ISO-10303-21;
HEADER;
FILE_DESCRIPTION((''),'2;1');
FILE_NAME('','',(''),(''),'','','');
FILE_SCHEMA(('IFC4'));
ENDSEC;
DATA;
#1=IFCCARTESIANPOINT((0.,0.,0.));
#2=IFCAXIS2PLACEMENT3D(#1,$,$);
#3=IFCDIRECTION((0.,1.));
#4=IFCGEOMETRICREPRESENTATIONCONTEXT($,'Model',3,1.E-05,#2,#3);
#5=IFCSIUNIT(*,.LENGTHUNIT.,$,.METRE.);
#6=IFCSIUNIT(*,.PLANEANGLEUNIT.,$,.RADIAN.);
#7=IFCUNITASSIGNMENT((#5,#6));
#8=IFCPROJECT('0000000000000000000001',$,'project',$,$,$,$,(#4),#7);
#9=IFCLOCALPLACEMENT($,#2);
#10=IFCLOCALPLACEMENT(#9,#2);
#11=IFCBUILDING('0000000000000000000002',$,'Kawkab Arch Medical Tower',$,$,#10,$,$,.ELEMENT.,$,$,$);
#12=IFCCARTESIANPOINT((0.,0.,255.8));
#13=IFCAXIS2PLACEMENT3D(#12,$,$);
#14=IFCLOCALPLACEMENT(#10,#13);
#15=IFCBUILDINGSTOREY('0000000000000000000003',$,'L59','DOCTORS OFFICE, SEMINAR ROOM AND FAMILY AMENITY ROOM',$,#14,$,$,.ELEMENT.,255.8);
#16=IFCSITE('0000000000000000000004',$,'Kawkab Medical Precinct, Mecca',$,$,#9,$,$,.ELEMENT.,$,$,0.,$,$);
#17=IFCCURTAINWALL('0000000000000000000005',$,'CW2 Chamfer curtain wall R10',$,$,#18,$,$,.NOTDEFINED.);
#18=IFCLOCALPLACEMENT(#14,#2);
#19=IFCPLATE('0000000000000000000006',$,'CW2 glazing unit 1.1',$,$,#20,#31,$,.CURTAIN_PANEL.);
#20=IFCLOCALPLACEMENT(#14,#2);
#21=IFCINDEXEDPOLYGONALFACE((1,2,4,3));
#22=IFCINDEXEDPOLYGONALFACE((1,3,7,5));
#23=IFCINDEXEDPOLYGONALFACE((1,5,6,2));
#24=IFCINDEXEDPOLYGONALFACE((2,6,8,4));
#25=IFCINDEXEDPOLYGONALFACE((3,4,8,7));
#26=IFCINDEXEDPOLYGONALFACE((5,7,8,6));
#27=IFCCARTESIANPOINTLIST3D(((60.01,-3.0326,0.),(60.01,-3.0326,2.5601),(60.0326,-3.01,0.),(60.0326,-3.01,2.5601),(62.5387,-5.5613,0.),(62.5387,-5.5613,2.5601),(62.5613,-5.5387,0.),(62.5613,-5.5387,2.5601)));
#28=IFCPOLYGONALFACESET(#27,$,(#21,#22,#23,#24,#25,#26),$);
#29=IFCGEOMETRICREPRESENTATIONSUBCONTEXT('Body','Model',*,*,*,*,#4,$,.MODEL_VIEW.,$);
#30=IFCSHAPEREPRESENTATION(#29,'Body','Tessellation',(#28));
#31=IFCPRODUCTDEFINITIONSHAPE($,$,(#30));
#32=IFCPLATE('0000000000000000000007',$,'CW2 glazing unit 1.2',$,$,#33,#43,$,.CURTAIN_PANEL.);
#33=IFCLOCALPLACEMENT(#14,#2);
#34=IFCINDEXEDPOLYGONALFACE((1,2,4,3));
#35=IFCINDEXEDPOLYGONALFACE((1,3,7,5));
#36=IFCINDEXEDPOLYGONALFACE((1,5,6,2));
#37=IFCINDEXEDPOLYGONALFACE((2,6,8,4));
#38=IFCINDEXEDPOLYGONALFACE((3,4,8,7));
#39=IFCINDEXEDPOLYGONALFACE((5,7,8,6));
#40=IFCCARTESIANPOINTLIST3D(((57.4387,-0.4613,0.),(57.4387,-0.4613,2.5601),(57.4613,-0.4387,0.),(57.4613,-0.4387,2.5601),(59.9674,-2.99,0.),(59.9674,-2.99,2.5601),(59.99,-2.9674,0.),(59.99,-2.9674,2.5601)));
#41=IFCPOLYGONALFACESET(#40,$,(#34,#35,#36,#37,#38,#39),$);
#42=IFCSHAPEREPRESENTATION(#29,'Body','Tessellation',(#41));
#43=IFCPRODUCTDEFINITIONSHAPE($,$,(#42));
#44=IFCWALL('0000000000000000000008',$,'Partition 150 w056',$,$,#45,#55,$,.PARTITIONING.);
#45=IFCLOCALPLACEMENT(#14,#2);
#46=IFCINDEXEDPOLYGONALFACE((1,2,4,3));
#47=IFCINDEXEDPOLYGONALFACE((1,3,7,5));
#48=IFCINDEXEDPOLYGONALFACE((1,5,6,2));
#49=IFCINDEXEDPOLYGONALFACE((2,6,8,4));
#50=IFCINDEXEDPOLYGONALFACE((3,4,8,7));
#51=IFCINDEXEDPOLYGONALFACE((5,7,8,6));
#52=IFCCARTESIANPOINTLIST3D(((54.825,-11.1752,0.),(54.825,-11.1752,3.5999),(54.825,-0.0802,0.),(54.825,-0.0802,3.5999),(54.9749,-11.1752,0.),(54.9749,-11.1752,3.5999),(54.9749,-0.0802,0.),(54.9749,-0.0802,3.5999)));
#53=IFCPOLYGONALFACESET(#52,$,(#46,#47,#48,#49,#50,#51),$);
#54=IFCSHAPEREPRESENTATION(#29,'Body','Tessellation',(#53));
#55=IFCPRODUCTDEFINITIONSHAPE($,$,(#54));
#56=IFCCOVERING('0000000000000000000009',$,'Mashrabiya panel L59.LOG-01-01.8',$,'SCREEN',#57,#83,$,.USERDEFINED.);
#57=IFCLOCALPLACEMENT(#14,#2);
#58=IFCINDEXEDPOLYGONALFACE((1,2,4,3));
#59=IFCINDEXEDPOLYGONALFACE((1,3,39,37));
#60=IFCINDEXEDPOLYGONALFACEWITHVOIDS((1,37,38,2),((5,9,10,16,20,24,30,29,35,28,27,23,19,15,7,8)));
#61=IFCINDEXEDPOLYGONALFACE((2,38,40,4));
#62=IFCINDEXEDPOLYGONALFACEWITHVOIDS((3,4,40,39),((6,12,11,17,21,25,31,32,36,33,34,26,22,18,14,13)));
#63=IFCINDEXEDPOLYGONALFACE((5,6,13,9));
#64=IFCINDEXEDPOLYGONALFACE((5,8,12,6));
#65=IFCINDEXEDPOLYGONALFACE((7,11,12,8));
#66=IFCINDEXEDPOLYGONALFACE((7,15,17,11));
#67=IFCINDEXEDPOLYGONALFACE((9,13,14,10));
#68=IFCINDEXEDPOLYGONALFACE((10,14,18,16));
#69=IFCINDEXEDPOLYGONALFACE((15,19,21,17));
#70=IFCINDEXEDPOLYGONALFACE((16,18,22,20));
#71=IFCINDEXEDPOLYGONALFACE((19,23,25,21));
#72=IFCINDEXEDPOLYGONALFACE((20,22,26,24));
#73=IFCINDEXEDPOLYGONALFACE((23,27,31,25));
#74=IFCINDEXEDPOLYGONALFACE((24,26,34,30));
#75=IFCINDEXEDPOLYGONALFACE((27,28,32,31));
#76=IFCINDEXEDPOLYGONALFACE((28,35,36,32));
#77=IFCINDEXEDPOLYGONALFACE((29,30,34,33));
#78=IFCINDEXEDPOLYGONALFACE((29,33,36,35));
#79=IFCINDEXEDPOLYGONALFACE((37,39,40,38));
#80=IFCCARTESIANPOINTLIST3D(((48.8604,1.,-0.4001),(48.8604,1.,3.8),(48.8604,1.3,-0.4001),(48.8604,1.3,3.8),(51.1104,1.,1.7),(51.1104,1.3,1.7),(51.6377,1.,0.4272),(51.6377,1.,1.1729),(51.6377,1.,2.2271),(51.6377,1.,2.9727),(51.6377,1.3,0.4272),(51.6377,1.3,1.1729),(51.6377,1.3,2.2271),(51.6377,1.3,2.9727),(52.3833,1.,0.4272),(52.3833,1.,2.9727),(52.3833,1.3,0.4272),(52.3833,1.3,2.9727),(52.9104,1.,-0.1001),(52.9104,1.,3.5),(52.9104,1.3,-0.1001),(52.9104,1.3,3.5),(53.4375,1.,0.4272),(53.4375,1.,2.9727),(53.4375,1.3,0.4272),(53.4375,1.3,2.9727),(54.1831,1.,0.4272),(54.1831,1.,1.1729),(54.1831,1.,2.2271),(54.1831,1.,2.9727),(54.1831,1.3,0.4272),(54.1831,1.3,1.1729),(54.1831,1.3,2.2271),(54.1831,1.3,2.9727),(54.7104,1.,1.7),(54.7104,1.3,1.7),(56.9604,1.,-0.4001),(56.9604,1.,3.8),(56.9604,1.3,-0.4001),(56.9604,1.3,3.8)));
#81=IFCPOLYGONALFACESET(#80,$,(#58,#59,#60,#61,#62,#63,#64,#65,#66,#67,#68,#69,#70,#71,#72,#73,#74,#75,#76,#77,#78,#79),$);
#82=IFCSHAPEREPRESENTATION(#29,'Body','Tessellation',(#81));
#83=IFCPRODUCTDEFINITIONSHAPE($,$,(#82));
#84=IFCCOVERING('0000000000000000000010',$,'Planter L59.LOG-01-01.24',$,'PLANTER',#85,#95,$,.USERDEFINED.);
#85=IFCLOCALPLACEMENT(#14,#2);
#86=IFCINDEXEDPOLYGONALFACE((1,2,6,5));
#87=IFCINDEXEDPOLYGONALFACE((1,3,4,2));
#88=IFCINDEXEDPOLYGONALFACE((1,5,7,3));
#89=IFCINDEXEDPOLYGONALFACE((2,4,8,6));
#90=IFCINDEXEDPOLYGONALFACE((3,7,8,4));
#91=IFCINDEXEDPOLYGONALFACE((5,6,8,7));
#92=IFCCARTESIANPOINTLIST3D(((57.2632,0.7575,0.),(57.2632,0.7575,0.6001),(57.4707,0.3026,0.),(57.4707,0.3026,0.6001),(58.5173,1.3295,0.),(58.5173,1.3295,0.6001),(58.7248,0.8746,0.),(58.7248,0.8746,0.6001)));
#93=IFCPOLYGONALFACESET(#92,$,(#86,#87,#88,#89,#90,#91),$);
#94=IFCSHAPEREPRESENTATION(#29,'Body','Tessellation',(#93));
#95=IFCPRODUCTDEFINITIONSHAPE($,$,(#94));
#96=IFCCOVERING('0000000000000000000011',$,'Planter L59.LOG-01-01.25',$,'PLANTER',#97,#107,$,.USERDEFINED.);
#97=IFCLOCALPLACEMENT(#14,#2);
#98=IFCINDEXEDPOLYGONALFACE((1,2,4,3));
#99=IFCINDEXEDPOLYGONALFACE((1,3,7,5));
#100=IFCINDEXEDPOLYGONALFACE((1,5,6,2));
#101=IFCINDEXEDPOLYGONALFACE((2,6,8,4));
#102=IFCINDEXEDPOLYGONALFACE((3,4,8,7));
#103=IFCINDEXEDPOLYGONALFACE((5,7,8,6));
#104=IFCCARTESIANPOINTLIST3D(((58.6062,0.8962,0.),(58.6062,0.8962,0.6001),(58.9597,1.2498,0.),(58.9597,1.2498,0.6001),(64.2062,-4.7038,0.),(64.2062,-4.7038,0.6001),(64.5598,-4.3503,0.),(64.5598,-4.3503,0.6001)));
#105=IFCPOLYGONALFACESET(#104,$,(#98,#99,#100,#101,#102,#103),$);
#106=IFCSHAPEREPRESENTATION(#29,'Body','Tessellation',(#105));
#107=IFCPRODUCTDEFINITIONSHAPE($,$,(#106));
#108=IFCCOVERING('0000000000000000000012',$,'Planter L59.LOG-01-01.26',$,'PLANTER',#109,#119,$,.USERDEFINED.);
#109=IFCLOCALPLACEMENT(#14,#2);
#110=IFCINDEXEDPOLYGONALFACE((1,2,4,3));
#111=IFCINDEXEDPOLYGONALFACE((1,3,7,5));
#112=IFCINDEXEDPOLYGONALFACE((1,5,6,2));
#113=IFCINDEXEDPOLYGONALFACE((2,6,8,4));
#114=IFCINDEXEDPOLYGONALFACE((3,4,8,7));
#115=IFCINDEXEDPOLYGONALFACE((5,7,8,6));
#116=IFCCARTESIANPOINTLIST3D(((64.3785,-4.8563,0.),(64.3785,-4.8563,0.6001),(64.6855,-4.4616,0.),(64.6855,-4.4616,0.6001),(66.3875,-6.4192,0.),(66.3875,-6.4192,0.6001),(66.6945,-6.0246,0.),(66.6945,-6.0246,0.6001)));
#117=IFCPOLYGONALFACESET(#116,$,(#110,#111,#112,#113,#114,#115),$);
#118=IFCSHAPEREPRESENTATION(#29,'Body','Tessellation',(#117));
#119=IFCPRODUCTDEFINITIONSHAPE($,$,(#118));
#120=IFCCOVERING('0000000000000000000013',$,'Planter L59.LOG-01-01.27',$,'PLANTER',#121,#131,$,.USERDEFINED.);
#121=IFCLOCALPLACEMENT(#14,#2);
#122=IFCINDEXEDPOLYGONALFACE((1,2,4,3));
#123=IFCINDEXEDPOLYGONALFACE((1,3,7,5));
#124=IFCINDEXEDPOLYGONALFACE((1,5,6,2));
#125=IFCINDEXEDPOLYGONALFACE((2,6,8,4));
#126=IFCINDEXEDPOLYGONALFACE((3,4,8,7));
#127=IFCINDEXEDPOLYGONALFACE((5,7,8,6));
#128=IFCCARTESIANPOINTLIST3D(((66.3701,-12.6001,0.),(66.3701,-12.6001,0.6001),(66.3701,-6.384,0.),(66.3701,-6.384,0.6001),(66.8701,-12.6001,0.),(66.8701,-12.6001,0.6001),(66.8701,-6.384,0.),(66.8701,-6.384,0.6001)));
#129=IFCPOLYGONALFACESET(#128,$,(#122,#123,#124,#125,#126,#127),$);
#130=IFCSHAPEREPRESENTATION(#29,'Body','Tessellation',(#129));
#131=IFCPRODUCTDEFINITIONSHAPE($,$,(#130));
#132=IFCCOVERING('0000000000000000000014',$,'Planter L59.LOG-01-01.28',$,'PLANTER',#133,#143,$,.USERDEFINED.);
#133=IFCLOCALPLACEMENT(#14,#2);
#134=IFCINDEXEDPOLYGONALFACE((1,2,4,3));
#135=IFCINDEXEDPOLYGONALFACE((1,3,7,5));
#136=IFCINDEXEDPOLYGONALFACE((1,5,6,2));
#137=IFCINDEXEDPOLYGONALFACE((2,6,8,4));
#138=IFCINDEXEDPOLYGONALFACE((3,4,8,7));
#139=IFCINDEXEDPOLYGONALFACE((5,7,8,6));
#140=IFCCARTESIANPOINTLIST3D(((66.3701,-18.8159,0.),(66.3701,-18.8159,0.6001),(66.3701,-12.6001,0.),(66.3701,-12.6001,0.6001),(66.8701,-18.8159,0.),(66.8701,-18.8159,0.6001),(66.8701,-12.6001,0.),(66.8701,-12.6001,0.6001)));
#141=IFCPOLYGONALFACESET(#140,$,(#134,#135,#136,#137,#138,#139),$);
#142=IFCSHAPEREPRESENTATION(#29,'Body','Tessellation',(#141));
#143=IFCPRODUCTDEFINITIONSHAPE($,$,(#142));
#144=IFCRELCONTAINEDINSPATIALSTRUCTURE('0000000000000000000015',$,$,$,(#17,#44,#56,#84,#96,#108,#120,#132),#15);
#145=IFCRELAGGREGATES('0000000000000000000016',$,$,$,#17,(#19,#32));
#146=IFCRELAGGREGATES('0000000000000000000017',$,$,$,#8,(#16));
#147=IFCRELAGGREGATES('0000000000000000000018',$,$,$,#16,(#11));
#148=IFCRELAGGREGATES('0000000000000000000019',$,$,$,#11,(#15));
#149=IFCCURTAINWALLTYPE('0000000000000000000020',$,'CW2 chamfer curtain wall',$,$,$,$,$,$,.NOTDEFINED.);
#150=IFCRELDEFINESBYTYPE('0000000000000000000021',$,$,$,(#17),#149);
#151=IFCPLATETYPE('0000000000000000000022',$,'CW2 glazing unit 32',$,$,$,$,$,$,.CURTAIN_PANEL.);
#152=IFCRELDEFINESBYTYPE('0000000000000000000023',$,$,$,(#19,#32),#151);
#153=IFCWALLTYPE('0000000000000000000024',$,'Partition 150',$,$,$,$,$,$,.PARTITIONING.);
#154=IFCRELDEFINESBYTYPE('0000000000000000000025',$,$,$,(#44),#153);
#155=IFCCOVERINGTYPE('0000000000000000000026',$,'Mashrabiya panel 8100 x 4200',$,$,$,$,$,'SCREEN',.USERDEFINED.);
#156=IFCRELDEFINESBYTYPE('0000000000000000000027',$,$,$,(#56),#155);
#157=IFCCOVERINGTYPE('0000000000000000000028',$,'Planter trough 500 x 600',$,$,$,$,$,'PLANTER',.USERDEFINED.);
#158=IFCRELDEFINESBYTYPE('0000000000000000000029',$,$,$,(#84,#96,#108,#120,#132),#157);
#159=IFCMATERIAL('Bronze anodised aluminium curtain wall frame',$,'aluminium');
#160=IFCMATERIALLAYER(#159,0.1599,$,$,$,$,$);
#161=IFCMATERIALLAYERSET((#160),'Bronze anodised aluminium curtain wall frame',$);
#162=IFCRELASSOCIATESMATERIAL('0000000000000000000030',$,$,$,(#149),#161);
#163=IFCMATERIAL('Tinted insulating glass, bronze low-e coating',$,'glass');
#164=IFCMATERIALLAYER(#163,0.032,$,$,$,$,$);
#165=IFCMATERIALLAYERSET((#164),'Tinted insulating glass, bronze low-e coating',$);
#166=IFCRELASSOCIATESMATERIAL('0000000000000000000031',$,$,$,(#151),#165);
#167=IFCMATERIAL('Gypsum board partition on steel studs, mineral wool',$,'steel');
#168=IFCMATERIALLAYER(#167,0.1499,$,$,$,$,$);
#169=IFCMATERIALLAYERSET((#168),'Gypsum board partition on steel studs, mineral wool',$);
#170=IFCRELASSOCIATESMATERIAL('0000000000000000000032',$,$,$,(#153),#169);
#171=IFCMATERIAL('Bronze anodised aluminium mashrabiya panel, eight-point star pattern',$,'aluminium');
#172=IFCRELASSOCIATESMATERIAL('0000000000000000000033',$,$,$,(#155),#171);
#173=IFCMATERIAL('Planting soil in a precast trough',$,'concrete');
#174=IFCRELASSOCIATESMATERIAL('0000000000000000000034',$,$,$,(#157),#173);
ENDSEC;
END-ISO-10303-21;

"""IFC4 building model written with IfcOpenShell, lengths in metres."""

from ifc_helpers import new_model, si_unit, direction, frame, frame_2d, origin, origin_2d, place, context, subcontext, project, spatial, polyline, rectangle, outline, extrude, material, layer, layer_set, material_profile, profile_set, type_object, element, aggregate, save


model = new_model("IFC4")

# Units and contexts
model_context = context("Model", 3, precision=1e-05, world=origin(), true_north=direction((0.0, 1.0)))
body_context = subcontext(model_context, "Body", "Model", "MODEL_VIEW")
ifc_project = project(units=[si_unit("LENGTHUNIT", "METRE"), si_unit("PLANEANGLEUNIT", "RADIAN")], contexts=[model_context])

# Site, building, storey
site_placement = place(None, origin())
site = spatial("IfcSite", under=ifc_project, at=site_placement, Name="Kawkab Medical Precinct, Mecca", CompositionType="ELEMENT", RefElevation=0.0)
building_placement = place(site_placement, origin())
building = spatial("IfcBuilding", under=site, at=building_placement, Name="Kawkab Arch Medical Tower", CompositionType="ELEMENT")
storey_placement = place(building_placement, frame((0.0, 0.0, 255.8)))
storey = spatial("IfcBuildingStorey", under=building, at=storey_placement, Name="L59", Description="DOCTORS OFFICE, SEMINAR ROOM AND FAMILY AMENITY ROOM", CompositionType="ELEMENT", Elevation=255.8)

# Curtain wall
placement = place(storey_placement, origin())
ifc_material_1 = material(Name="Bronze anodised aluminium curtain wall frame", Category="aluminium")
ifc_layer_1 = layer(ifc_material_1, 0.1599)
ifc_layer_set_1 = layer_set([ifc_layer_1], Name="Bronze anodised aluminium curtain wall frame")
curtain_wall_type_1 = type_object("IfcCurtainWallType", Name="CW2 chamfer curtain wall", PredefinedType="NOTDEFINED", material=ifc_layer_set_1)
curtain_wall_1 = element("IfcCurtainWall", 1, at=placement, inside=storey, type_object=curtain_wall_type_1, Name="CW2 Chamfer curtain wall R10", PredefinedType="NOTDEFINED")

# Plates
ifc_material_2 = material(Name="Tinted insulating glass, bronze low-e coating", Category="glass")
ifc_layer_2 = layer(ifc_material_2, 0.032)
ifc_layer_set_2 = layer_set([ifc_layer_2], Name="Tinted insulating glass, bronze low-e coating")
plate_type_1 = type_object("IfcPlateType", Name="CW2 glazing unit 32", PredefinedType="CURTAIN_PANEL", material=ifc_layer_set_2)
plate_1_placement = place(storey_placement, frame((61.2856, -4.2856, 0.0), z_axis=(0.0, 0.0, 1.0), x_axis=(-0.707107, 0.707107, 0.0)))
plate_1 = element("IfcPlate", 2, at=plate_1_placement, type_object=plate_type_1, Name="CW2 glazing unit 1.1", PredefinedType="CURTAIN_PANEL", context=body_context, shape_type="SweptSolid", body=[
    extrude(rectangle(XDim=3.5762, YDim=0.032, at=origin_2d()), origin(), (0.0, 0.0, 1.0), 2.5601),
])
plate_2_placement = place(storey_placement, frame((58.7144, -1.7144, 0.0), z_axis=(0.0, 0.0, 1.0), x_axis=(-0.707107, 0.707107, 0.0)))
plate_2 = element("IfcPlate", 3, at=plate_2_placement, type_object=plate_type_1, Name="CW2 glazing unit 1.2", PredefinedType="CURTAIN_PANEL", context=body_context, shape_type="SweptSolid", body=[
    extrude(rectangle(XDim=3.5762, YDim=0.032, at=origin_2d()), origin(), (0.0, 0.0, 1.0), 2.5601),
])
aggregate(curtain_wall_1, [plate_1, plate_2])

# Wall
ifc_material_3 = material(Name="Gypsum board partition on steel studs, mineral wool", Category="steel")
ifc_layer_3 = layer(ifc_material_3, 0.1499)
ifc_layer_set_3 = layer_set([ifc_layer_3], Name="Gypsum board partition on steel studs, mineral wool")
wall_type = type_object("IfcWallType", Name="Partition 150", PredefinedType="PARTITIONING", material=ifc_layer_set_3)
wall_placement = place(storey_placement, frame((54.8999, -11.175, 0.0), z_axis=(0.0, 0.0, 1.0), x_axis=(0.0, 1.0, 0.0)))
element("IfcWall", 4, at=wall_placement, inside=storey, type_object=wall_type, Name="Partition 150 w056", PredefinedType="PARTITIONING", context=body_context, shape_type="SweptSolid", body=[
    extrude(rectangle(XDim=11.095, YDim=0.1499, at=frame_2d((5.5474, 0.0))), origin(), (0.0, 0.0, 1.0), 3.5999),
])

# Coverings
ifc_material_4 = material(Name="Bronze anodised aluminium mashrabiya panel, eight-point star pattern", Category="aluminium")
ifc_material_profile_1 = material_profile(ifc_material_4, outline(polyline([(-4.05, -2.1001), (4.05, -2.1001), (4.05, 2.1001), (-4.05, 2.1001), (-4.05, -2.1001)]), holes=[polyline([(1.8, 0.0), (1.2727, 0.5271), (1.2727, 1.2727), (0.5271, 1.2727), (0.0, 1.8), (-0.5271, 1.2727), (-1.2727, 1.2727), (-1.2727, 0.5271), (-1.8, 0.0), (-1.2727, -0.5271), (-1.2727, -1.2727), (-0.5271, -1.2727), (0.0, -1.8), (0.5271, -1.2727), (1.2727, -1.2727), (1.2727, -0.5271), (1.8, 0.0)])]), Name="Mashrabiya panel 8100x4200")
ifc_profile_set_1 = profile_set([ifc_material_profile_1], Name="Bronze anodised aluminium mashrabiya panel, eight-point star pattern")
covering_type_1 = type_object("IfcCoveringType", Name="Mashrabiya panel 8100 x 4200", ElementType="SCREEN", PredefinedType="USERDEFINED", material=ifc_profile_set_1)
covering_1_placement = place(storey_placement, frame((52.9104, 1.0, 1.7), z_axis=(0.0, 1.0, 0.0), x_axis=(-1.0, 0.0, 0.0)))
element("IfcCovering", 5, at=covering_1_placement, inside=storey, type_object=covering_type_1, Name="Mashrabiya panel L59.LOG-01-01.8", ObjectType="SCREEN", PredefinedType="USERDEFINED", context=body_context, shape_type="SweptSolid", body=[
    extrude(outline(polyline([(-4.05, -2.1001), (4.05, -2.1001), (4.05, 2.1001), (-4.05, 2.1001), (-4.05, -2.1001)]), holes=[polyline([(1.8, 0.0), (1.2727, 0.5271), (1.2727, 1.2727), (0.5271, 1.2727), (0.0, 1.8), (-0.5271, 1.2727), (-1.2727, 1.2727), (-1.2727, 0.5271), (-1.8, 0.0), (-1.2727, -0.5271), (-1.2727, -1.2727), (-0.5271, -1.2727), (0.0, -1.8), (0.5271, -1.2727), (1.2727, -1.2727), (1.2727, -0.5271), (1.8, 0.0)])]), origin(), (0.0, 0.0, 1.0), 0.3),
])
ifc_material_5 = material(Name="Planting soil in a precast trough", Category="concrete")
ifc_material_profile_2 = material_profile(ifc_material_5, rectangle(XDim=0.5, YDim=0.6001, at=origin_2d()), Name="Trough 500x600")
ifc_profile_set_2 = profile_set([ifc_material_profile_2], Name="Planting soil in a precast trough")
covering_type_2 = type_object("IfcCoveringType", Name="Planter trough 500 x 600", ElementType="PLANTER", PredefinedType="USERDEFINED", material=ifc_profile_set_2)
covering_2_placement = place(storey_placement, frame((57.3669, 0.53, 0.3), z_axis=(0.909832, 0.414977, 0.0), x_axis=(-0.414977, 0.909832, 0.0)))
element("IfcCovering", 6, at=covering_2_placement, inside=storey, type_object=covering_type_2, Name="Planter L59.LOG-01-01.24", ObjectType="PLANTER", PredefinedType="USERDEFINED", context=body_context, shape_type="SweptSolid", body=[
    extrude(rectangle(XDim=0.5, YDim=0.6001, at=origin_2d()), origin(), (0.0, 0.0, 1.0), 1.3784),
])
covering_3_placement = place(storey_placement, frame((58.783, 1.073, 0.3), z_axis=(0.707107, -0.707107, 0.0), x_axis=(0.707107, 0.707107, 0.0)))
element("IfcCovering", 7, at=covering_3_placement, inside=storey, type_object=covering_type_2, Name="Planter L59.LOG-01-01.25", ObjectType="PLANTER", PredefinedType="USERDEFINED", context=body_context, shape_type="SweptSolid", body=[
    extrude(rectangle(XDim=0.5, YDim=0.6001, at=origin_2d()), origin(), (0.0, 0.0, 1.0), 7.9197),
])
covering_4_placement = place(storey_placement, frame((64.532, -4.6589, 0.3), z_axis=(0.789275, -0.61404, 0.0), x_axis=(0.61404, 0.789275, 0.0)))
element("IfcCovering", 8, at=covering_4_placement, inside=storey, type_object=covering_type_2, Name="Planter L59.LOG-01-01.26", ObjectType="PLANTER", PredefinedType="USERDEFINED", context=body_context, shape_type="SweptSolid", body=[
    extrude(rectangle(XDim=0.5, YDim=0.6001, at=origin_2d()), origin(), (0.0, 0.0, 1.0), 2.5454),
])
covering_5_placement = place(storey_placement, frame((66.6201, -6.384, 0.3), z_axis=(0.0, -1.0, 0.0), x_axis=(1.0, 0.0, 0.0)))
element("IfcCovering", 9, at=covering_5_placement, inside=storey, type_object=covering_type_2, Name="Planter L59.LOG-01-01.27", ObjectType="PLANTER", PredefinedType="USERDEFINED", context=body_context, shape_type="SweptSolid", body=[
    extrude(rectangle(XDim=0.5, YDim=0.6001, at=origin_2d()), origin(), (0.0, 0.0, 1.0), 6.2161),
])
covering_6_placement = place(storey_placement, frame((66.6201, -12.6001, 0.3), z_axis=(0.0, -1.0, 0.0), x_axis=(1.0, 0.0, 0.0)))
element("IfcCovering", 10, at=covering_6_placement, inside=storey, type_object=covering_type_2, Name="Planter L59.LOG-01-01.28", ObjectType="PLANTER", PredefinedType="USERDEFINED", context=body_context, shape_type="SweptSolid", body=[
    extrude(rectangle(XDim=0.5, YDim=0.6001, at=origin_2d()), origin(), (0.0, 0.0, 1.0), 6.2158),
])

save(model, "model.ifc")
